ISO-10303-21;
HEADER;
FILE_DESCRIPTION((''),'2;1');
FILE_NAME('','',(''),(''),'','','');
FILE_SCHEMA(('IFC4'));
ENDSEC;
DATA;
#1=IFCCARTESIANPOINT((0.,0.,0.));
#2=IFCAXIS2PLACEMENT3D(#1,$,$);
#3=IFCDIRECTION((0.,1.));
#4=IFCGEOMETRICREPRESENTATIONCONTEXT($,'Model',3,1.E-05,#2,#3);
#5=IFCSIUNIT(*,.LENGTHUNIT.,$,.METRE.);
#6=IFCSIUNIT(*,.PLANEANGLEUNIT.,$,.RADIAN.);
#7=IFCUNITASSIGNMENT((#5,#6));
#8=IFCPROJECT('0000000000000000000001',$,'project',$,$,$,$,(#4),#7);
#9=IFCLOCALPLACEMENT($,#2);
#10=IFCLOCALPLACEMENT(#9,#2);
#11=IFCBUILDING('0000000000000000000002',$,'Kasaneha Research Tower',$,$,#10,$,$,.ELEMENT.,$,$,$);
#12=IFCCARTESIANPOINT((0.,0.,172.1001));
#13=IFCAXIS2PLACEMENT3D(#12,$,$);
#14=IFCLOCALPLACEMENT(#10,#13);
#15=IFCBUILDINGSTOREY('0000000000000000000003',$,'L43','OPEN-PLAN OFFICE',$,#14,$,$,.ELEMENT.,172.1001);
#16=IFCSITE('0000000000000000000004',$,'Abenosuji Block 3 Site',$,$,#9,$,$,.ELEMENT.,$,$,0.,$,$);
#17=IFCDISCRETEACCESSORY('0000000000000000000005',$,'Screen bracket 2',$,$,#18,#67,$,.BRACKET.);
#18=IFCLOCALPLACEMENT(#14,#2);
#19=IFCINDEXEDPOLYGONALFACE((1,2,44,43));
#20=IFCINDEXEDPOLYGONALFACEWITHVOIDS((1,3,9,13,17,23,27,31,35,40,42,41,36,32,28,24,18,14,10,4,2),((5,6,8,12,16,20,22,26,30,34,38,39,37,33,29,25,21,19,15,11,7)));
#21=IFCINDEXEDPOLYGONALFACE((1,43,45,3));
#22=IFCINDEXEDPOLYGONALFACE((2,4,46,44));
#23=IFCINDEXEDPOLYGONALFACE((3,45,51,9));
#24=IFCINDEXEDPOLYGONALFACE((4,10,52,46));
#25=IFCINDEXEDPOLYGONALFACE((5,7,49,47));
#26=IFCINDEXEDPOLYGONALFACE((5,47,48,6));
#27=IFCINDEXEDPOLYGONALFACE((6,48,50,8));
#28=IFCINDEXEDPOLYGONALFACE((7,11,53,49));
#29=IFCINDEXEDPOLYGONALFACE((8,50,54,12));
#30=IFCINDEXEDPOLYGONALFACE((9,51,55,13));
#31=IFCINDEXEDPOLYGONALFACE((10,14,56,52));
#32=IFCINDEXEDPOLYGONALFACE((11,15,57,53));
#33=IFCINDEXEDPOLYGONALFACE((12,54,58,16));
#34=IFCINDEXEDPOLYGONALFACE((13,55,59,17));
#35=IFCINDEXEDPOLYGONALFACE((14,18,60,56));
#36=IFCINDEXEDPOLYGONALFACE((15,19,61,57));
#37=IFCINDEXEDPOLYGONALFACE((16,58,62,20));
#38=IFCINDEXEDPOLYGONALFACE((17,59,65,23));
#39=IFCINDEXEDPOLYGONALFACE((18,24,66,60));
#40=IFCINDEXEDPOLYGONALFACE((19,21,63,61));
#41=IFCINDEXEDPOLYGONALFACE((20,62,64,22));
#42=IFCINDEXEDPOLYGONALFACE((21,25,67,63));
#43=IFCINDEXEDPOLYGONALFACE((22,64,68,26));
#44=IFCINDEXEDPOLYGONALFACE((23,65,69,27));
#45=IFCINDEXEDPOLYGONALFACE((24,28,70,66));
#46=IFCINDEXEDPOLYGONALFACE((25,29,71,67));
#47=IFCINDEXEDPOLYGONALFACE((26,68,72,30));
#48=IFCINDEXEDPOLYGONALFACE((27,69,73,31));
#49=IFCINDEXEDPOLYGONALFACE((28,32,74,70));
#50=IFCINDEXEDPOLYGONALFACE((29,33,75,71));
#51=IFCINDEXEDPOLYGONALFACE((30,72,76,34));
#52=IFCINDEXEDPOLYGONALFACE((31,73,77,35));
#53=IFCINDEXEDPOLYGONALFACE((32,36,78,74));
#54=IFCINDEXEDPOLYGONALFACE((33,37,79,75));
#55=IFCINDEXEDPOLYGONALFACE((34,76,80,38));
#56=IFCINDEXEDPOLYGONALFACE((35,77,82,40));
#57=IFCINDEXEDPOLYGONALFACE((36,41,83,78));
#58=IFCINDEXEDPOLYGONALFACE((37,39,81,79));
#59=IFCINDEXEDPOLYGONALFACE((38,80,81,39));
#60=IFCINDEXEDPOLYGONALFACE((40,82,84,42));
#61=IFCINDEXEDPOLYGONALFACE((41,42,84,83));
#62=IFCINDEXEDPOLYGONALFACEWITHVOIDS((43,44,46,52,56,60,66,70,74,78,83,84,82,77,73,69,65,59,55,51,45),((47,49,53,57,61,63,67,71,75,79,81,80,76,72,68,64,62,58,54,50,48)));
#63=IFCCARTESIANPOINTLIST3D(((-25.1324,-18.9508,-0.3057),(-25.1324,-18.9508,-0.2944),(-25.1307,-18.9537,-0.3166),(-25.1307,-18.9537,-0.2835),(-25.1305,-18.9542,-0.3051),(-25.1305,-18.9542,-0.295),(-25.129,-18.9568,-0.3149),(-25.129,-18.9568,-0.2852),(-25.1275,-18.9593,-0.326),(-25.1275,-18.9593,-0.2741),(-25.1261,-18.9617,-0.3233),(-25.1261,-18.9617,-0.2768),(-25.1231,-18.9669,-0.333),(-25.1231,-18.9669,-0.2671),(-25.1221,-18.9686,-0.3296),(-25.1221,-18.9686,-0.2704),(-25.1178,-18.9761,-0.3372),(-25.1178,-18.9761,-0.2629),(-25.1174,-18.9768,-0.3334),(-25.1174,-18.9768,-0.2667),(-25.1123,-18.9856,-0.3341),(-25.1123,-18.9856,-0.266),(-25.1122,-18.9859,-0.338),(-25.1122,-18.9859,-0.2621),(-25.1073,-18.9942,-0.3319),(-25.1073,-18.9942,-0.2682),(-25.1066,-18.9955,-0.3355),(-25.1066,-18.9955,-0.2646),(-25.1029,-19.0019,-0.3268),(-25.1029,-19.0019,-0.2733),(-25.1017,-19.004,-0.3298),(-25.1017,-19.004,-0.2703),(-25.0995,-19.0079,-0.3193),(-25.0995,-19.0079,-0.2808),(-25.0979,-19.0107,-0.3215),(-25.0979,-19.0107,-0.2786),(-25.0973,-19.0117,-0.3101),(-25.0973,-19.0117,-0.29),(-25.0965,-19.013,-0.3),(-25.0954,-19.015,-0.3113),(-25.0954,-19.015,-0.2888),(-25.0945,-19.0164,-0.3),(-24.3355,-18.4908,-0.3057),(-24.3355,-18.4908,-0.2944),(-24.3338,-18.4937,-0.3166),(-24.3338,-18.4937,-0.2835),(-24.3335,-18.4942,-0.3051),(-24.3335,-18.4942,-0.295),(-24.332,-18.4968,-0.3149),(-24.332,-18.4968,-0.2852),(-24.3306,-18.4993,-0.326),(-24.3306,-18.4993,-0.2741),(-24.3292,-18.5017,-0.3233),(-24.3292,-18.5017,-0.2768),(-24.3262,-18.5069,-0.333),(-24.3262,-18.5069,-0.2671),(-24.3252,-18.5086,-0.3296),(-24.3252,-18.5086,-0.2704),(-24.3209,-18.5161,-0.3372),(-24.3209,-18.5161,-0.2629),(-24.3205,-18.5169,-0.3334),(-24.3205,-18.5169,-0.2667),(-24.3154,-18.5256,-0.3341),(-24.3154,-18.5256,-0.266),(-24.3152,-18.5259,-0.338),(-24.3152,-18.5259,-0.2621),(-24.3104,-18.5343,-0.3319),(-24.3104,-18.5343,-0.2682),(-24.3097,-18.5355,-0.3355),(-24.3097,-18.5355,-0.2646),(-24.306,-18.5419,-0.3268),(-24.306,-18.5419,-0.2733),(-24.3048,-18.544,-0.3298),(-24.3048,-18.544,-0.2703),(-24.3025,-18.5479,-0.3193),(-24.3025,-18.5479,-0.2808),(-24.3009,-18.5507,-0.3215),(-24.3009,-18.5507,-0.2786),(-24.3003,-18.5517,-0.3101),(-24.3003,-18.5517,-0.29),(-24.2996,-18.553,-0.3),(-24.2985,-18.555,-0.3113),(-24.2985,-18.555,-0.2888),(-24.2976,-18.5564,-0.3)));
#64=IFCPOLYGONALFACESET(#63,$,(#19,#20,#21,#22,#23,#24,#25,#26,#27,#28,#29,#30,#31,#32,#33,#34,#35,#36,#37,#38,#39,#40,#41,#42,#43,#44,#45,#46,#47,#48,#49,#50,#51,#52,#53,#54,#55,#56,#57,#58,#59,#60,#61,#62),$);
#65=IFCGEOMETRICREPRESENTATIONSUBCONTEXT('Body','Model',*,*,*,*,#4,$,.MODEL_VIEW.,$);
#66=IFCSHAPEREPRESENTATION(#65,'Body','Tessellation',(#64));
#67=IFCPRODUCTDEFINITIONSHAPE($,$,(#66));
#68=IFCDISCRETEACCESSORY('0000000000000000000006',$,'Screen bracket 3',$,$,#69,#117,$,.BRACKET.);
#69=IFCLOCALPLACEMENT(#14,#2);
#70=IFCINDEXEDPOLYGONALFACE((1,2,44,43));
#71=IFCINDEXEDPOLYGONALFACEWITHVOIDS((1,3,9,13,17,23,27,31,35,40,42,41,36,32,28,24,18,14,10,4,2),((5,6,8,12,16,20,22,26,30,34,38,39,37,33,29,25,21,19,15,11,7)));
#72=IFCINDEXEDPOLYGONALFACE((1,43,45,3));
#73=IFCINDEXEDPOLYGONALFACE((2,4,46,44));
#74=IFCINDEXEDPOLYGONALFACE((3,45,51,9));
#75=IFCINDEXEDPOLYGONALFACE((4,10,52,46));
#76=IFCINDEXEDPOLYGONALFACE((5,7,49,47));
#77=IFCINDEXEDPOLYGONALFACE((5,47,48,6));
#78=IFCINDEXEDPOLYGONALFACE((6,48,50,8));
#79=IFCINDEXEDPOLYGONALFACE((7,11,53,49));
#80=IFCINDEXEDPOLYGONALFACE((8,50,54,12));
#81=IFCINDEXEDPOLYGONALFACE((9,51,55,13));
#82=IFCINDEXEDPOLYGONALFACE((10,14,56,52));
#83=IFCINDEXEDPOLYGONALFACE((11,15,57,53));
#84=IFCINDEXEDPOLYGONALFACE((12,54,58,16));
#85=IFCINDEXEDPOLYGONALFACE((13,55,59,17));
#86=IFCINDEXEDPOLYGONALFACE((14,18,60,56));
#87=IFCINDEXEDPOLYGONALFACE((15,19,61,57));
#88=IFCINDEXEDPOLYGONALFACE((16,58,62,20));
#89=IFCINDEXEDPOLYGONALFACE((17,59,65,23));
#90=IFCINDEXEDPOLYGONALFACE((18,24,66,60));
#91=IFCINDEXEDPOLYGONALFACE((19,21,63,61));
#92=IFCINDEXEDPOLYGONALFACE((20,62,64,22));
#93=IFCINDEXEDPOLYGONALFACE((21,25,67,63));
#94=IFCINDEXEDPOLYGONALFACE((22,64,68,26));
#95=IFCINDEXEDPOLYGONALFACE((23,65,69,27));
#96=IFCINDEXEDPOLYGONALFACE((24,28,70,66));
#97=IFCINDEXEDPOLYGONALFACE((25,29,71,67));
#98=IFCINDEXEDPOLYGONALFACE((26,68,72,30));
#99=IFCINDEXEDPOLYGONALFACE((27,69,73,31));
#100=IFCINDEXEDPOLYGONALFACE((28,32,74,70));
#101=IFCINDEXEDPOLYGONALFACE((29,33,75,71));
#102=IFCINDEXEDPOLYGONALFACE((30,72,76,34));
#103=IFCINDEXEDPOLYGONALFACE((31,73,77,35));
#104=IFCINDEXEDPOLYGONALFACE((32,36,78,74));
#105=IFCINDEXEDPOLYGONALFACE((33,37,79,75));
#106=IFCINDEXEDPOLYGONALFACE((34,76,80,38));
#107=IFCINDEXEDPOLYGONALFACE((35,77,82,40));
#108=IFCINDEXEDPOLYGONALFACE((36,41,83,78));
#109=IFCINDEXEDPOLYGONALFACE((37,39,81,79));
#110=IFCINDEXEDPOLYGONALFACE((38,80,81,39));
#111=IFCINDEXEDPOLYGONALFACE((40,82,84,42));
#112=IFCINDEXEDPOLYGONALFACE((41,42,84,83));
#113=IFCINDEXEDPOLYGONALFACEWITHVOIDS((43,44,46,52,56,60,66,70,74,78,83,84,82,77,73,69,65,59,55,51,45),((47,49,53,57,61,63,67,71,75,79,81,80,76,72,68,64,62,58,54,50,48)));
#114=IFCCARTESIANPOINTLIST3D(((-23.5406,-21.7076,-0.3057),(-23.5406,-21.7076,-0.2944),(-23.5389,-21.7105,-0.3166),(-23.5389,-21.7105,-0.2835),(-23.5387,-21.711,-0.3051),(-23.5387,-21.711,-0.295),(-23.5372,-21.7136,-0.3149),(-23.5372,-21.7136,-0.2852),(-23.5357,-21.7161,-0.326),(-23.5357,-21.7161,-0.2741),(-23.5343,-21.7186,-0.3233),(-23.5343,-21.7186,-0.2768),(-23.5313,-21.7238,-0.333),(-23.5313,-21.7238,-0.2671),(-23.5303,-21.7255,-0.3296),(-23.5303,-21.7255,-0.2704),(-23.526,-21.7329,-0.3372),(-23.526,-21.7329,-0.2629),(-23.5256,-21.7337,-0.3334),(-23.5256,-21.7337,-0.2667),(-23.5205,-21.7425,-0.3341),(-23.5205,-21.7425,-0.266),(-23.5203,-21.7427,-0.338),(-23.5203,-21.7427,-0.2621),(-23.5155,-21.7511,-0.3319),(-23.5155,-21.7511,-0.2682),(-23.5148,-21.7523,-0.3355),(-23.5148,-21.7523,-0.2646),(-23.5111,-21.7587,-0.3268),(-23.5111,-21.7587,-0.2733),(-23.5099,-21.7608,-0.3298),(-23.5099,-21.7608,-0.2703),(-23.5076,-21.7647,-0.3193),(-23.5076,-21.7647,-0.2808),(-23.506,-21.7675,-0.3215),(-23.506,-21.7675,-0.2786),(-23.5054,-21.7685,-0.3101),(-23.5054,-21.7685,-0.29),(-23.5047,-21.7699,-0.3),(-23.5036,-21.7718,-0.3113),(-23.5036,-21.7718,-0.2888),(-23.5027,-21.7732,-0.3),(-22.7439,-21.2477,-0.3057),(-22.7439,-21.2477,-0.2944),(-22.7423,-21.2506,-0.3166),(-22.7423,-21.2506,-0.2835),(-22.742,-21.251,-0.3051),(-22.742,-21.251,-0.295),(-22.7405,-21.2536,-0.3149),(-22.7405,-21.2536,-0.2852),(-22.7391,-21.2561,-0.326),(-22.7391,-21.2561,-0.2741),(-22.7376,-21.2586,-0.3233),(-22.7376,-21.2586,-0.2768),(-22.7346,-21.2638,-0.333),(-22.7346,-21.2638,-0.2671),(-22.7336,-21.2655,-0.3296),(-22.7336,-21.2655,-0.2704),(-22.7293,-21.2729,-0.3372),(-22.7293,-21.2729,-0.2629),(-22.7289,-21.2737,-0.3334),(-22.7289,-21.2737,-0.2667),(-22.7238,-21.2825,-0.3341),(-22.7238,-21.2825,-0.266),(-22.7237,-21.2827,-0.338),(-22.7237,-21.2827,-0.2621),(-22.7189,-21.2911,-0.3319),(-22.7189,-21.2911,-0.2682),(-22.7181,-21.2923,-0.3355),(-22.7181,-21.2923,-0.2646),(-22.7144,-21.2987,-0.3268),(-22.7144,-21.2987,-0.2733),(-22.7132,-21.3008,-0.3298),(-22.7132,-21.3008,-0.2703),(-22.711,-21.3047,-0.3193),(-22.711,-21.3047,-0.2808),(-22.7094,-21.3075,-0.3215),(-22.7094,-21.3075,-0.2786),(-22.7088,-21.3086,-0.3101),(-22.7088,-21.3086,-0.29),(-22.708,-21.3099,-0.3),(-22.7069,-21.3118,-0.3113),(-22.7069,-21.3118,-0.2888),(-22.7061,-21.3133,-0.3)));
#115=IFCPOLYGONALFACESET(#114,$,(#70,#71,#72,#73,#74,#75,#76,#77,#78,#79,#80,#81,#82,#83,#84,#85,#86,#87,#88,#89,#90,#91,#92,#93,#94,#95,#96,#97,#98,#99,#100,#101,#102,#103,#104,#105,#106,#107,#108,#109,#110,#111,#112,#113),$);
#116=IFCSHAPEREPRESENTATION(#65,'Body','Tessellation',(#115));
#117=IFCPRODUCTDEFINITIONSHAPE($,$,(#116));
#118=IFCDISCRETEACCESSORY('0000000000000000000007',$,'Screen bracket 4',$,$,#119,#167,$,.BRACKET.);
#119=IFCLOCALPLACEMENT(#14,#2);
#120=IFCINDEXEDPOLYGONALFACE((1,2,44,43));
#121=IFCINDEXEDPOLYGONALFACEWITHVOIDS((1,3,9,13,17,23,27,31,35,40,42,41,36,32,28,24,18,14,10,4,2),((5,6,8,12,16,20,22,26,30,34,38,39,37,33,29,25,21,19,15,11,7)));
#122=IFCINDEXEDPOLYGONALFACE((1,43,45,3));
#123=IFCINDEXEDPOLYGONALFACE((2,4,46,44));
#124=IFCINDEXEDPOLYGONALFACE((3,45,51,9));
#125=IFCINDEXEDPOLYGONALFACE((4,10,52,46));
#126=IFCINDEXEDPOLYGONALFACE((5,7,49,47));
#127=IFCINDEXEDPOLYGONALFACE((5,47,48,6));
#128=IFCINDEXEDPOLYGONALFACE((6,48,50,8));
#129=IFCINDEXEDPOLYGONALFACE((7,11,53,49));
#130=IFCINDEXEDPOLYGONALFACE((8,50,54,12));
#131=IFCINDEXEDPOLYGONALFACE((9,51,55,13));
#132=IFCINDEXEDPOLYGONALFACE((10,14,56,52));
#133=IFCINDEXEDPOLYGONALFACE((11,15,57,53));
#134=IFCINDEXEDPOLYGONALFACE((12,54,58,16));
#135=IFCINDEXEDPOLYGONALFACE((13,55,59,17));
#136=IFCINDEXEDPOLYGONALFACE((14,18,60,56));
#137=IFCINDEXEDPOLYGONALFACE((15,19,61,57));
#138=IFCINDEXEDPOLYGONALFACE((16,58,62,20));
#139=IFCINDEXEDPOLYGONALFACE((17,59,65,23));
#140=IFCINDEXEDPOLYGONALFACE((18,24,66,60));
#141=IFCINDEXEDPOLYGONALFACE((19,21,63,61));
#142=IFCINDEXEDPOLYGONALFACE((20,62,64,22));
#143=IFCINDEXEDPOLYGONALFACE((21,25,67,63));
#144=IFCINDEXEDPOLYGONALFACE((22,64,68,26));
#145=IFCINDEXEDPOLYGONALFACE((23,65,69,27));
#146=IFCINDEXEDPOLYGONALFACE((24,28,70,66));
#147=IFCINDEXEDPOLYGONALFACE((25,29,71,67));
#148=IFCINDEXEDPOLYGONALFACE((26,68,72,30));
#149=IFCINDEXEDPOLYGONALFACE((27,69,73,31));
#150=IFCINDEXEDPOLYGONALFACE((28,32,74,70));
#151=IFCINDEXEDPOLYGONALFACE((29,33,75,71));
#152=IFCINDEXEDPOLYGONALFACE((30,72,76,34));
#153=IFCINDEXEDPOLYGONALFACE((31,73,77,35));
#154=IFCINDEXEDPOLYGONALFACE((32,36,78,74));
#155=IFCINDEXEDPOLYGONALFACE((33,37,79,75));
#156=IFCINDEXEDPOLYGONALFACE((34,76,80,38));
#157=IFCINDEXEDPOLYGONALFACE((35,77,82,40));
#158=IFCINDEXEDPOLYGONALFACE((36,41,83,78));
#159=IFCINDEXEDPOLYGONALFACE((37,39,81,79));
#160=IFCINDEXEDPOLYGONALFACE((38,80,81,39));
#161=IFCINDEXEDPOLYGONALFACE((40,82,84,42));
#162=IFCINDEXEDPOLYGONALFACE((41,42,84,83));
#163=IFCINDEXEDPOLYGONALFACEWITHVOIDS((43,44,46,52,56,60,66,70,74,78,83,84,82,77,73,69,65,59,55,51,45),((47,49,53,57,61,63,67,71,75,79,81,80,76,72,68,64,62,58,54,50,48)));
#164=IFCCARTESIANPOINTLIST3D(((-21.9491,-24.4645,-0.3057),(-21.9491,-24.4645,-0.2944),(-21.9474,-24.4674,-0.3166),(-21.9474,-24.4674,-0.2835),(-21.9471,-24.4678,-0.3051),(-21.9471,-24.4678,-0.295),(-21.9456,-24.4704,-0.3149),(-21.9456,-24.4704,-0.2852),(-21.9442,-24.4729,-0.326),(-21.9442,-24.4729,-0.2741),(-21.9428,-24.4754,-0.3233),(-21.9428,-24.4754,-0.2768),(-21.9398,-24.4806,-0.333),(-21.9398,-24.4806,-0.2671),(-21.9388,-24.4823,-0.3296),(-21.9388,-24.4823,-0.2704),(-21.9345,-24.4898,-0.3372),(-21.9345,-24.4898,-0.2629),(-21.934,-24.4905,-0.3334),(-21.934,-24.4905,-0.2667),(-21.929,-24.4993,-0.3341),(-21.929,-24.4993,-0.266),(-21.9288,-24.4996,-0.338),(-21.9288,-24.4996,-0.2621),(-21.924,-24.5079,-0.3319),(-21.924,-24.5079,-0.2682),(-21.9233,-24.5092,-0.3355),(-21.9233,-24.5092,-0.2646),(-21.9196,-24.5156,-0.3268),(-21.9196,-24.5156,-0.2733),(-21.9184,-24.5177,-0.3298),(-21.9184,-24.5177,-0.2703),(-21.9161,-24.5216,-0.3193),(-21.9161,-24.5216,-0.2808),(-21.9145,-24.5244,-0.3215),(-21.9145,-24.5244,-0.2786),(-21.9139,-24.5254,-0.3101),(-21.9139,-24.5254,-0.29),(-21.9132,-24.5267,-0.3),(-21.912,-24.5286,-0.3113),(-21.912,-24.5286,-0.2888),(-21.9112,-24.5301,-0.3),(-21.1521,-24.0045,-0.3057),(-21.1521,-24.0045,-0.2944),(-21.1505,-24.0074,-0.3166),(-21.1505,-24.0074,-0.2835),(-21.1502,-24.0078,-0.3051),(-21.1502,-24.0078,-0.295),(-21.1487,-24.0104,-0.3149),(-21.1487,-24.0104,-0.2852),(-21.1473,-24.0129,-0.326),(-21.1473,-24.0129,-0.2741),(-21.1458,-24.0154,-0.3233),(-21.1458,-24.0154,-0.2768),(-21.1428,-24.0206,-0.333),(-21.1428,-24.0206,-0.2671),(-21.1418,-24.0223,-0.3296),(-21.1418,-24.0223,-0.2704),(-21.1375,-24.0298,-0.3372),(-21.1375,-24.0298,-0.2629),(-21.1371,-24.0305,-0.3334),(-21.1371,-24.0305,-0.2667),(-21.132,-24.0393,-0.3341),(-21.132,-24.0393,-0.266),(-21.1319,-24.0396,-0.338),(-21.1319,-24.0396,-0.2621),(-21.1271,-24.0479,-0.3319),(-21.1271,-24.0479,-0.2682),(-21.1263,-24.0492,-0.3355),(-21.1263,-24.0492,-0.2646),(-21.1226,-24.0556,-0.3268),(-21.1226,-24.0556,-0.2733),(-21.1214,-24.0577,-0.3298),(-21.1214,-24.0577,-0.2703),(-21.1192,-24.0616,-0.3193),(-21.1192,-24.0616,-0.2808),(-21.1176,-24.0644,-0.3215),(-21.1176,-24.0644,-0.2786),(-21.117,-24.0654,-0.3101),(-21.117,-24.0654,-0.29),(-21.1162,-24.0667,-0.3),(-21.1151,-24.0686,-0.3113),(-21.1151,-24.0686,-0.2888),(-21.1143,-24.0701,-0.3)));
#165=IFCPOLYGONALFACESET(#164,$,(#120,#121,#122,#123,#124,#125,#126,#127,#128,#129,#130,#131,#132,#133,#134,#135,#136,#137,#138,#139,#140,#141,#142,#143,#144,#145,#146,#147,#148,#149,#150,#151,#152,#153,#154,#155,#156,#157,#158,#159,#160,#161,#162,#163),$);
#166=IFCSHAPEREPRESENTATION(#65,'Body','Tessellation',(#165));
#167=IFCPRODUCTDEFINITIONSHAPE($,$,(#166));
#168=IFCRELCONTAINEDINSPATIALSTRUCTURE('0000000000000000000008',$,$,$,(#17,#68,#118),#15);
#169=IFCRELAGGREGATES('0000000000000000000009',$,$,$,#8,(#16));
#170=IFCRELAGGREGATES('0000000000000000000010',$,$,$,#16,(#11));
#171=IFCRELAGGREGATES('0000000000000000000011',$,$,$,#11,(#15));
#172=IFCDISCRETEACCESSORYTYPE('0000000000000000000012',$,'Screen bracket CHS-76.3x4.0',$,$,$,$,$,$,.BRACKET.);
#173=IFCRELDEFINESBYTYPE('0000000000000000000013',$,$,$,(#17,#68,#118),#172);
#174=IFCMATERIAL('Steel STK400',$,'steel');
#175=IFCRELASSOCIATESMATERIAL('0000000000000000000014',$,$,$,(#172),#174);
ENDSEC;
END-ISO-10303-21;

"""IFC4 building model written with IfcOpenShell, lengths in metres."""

from ifc_helpers import new_model, si_unit, direction, frame, origin, origin_2d, place, context, subcontext, project, spatial, hollow_circle, extrude, material, material_profile, profile_set, type_object, element, save


model = new_model("IFC4")

# Units and contexts
model_context = context("Model", 3, precision=1e-05, world=origin(), true_north=direction((0.0, 1.0)))
body_context = subcontext(model_context, "Body", "Model", "MODEL_VIEW")
ifc_project = project(units=[si_unit("LENGTHUNIT", "METRE"), si_unit("PLANEANGLEUNIT", "RADIAN")], contexts=[model_context])

# Site, building, storey
site_placement = place(None, origin())
site = spatial("IfcSite", under=ifc_project, at=site_placement, Name="Abenosuji Block 3 Site", CompositionType="ELEMENT", RefElevation=0.0)
building_placement = place(site_placement, origin())
building = spatial("IfcBuilding", under=site, at=building_placement, Name="Kasaneha Research Tower", CompositionType="ELEMENT")
storey_placement = place(building_placement, frame((0.0, 0.0, 172.1001)))
storey = spatial("IfcBuildingStorey", under=building, at=storey_placement, Name="L43", Description="OPEN-PLAN OFFICE", CompositionType="ELEMENT", Elevation=172.1001)

# Discrete accessories
ifc_material_1 = material(Name="Steel STK400", Category="steel")
ifc_material_profile_1 = material_profile(ifc_material_1, hollow_circle(Radius=0.0381, WallThickness=0.0039, at=origin_2d()), Name="CHS-76.3x4.0")
ifc_profile_set_1 = profile_set([ifc_material_profile_1], Name="Steel STK400")
discrete_accessory_type = type_object("IfcDiscreteAccessoryType", Name="Screen bracket CHS-76.3x4.0", PredefinedType="BRACKET", material=ifc_profile_set_1)
discrete_accessory_1_placement = place(storey_placement, frame((-24.3167, -18.5234, -0.3), z_axis=(-0.86608, -0.499906, 0.0), x_axis=(0.499906, -0.86608, 0.0)))
element("IfcDiscreteAccessory", 1, at=discrete_accessory_1_placement, inside=storey, type_object=discrete_accessory_type, Name="Screen bracket 2", PredefinedType="BRACKET", context=body_context, shape_type="SweptSolid", body=[
    extrude(hollow_circle(Radius=0.0381, WallThickness=0.0039, at=origin_2d()), origin(), (0.0, 0.0, 1.0), 0.9202),
])
discrete_accessory_2_placement = place(storey_placement, frame((-22.7251, -21.2803, -0.3), z_axis=(-0.866013, -0.500021, 0.0), x_axis=(0.500021, -0.866013, 0.0)))
element("IfcDiscreteAccessory", 2, at=discrete_accessory_2_placement, inside=storey, type_object=discrete_accessory_type, Name="Screen bracket 3", PredefinedType="BRACKET", context=body_context, shape_type="SweptSolid", body=[
    extrude(hollow_circle(Radius=0.0381, WallThickness=0.0039, at=origin_2d()), origin(), (0.0, 0.0, 1.0), 0.9199),
])
discrete_accessory_3_placement = place(storey_placement, frame((-21.1333, -24.0371, -0.3), z_axis=(-0.86608, -0.499906, 0.0), x_axis=(0.499906, -0.86608, 0.0)))
element("IfcDiscreteAccessory", 3, at=discrete_accessory_3_placement, inside=storey, type_object=discrete_accessory_type, Name="Screen bracket 4", PredefinedType="BRACKET", context=body_context, shape_type="SweptSolid", body=[
    extrude(hollow_circle(Radius=0.0381, WallThickness=0.0039, at=origin_2d()), origin(), (0.0, 0.0, 1.0), 0.9202),
])

save(model, "model.ifc")
